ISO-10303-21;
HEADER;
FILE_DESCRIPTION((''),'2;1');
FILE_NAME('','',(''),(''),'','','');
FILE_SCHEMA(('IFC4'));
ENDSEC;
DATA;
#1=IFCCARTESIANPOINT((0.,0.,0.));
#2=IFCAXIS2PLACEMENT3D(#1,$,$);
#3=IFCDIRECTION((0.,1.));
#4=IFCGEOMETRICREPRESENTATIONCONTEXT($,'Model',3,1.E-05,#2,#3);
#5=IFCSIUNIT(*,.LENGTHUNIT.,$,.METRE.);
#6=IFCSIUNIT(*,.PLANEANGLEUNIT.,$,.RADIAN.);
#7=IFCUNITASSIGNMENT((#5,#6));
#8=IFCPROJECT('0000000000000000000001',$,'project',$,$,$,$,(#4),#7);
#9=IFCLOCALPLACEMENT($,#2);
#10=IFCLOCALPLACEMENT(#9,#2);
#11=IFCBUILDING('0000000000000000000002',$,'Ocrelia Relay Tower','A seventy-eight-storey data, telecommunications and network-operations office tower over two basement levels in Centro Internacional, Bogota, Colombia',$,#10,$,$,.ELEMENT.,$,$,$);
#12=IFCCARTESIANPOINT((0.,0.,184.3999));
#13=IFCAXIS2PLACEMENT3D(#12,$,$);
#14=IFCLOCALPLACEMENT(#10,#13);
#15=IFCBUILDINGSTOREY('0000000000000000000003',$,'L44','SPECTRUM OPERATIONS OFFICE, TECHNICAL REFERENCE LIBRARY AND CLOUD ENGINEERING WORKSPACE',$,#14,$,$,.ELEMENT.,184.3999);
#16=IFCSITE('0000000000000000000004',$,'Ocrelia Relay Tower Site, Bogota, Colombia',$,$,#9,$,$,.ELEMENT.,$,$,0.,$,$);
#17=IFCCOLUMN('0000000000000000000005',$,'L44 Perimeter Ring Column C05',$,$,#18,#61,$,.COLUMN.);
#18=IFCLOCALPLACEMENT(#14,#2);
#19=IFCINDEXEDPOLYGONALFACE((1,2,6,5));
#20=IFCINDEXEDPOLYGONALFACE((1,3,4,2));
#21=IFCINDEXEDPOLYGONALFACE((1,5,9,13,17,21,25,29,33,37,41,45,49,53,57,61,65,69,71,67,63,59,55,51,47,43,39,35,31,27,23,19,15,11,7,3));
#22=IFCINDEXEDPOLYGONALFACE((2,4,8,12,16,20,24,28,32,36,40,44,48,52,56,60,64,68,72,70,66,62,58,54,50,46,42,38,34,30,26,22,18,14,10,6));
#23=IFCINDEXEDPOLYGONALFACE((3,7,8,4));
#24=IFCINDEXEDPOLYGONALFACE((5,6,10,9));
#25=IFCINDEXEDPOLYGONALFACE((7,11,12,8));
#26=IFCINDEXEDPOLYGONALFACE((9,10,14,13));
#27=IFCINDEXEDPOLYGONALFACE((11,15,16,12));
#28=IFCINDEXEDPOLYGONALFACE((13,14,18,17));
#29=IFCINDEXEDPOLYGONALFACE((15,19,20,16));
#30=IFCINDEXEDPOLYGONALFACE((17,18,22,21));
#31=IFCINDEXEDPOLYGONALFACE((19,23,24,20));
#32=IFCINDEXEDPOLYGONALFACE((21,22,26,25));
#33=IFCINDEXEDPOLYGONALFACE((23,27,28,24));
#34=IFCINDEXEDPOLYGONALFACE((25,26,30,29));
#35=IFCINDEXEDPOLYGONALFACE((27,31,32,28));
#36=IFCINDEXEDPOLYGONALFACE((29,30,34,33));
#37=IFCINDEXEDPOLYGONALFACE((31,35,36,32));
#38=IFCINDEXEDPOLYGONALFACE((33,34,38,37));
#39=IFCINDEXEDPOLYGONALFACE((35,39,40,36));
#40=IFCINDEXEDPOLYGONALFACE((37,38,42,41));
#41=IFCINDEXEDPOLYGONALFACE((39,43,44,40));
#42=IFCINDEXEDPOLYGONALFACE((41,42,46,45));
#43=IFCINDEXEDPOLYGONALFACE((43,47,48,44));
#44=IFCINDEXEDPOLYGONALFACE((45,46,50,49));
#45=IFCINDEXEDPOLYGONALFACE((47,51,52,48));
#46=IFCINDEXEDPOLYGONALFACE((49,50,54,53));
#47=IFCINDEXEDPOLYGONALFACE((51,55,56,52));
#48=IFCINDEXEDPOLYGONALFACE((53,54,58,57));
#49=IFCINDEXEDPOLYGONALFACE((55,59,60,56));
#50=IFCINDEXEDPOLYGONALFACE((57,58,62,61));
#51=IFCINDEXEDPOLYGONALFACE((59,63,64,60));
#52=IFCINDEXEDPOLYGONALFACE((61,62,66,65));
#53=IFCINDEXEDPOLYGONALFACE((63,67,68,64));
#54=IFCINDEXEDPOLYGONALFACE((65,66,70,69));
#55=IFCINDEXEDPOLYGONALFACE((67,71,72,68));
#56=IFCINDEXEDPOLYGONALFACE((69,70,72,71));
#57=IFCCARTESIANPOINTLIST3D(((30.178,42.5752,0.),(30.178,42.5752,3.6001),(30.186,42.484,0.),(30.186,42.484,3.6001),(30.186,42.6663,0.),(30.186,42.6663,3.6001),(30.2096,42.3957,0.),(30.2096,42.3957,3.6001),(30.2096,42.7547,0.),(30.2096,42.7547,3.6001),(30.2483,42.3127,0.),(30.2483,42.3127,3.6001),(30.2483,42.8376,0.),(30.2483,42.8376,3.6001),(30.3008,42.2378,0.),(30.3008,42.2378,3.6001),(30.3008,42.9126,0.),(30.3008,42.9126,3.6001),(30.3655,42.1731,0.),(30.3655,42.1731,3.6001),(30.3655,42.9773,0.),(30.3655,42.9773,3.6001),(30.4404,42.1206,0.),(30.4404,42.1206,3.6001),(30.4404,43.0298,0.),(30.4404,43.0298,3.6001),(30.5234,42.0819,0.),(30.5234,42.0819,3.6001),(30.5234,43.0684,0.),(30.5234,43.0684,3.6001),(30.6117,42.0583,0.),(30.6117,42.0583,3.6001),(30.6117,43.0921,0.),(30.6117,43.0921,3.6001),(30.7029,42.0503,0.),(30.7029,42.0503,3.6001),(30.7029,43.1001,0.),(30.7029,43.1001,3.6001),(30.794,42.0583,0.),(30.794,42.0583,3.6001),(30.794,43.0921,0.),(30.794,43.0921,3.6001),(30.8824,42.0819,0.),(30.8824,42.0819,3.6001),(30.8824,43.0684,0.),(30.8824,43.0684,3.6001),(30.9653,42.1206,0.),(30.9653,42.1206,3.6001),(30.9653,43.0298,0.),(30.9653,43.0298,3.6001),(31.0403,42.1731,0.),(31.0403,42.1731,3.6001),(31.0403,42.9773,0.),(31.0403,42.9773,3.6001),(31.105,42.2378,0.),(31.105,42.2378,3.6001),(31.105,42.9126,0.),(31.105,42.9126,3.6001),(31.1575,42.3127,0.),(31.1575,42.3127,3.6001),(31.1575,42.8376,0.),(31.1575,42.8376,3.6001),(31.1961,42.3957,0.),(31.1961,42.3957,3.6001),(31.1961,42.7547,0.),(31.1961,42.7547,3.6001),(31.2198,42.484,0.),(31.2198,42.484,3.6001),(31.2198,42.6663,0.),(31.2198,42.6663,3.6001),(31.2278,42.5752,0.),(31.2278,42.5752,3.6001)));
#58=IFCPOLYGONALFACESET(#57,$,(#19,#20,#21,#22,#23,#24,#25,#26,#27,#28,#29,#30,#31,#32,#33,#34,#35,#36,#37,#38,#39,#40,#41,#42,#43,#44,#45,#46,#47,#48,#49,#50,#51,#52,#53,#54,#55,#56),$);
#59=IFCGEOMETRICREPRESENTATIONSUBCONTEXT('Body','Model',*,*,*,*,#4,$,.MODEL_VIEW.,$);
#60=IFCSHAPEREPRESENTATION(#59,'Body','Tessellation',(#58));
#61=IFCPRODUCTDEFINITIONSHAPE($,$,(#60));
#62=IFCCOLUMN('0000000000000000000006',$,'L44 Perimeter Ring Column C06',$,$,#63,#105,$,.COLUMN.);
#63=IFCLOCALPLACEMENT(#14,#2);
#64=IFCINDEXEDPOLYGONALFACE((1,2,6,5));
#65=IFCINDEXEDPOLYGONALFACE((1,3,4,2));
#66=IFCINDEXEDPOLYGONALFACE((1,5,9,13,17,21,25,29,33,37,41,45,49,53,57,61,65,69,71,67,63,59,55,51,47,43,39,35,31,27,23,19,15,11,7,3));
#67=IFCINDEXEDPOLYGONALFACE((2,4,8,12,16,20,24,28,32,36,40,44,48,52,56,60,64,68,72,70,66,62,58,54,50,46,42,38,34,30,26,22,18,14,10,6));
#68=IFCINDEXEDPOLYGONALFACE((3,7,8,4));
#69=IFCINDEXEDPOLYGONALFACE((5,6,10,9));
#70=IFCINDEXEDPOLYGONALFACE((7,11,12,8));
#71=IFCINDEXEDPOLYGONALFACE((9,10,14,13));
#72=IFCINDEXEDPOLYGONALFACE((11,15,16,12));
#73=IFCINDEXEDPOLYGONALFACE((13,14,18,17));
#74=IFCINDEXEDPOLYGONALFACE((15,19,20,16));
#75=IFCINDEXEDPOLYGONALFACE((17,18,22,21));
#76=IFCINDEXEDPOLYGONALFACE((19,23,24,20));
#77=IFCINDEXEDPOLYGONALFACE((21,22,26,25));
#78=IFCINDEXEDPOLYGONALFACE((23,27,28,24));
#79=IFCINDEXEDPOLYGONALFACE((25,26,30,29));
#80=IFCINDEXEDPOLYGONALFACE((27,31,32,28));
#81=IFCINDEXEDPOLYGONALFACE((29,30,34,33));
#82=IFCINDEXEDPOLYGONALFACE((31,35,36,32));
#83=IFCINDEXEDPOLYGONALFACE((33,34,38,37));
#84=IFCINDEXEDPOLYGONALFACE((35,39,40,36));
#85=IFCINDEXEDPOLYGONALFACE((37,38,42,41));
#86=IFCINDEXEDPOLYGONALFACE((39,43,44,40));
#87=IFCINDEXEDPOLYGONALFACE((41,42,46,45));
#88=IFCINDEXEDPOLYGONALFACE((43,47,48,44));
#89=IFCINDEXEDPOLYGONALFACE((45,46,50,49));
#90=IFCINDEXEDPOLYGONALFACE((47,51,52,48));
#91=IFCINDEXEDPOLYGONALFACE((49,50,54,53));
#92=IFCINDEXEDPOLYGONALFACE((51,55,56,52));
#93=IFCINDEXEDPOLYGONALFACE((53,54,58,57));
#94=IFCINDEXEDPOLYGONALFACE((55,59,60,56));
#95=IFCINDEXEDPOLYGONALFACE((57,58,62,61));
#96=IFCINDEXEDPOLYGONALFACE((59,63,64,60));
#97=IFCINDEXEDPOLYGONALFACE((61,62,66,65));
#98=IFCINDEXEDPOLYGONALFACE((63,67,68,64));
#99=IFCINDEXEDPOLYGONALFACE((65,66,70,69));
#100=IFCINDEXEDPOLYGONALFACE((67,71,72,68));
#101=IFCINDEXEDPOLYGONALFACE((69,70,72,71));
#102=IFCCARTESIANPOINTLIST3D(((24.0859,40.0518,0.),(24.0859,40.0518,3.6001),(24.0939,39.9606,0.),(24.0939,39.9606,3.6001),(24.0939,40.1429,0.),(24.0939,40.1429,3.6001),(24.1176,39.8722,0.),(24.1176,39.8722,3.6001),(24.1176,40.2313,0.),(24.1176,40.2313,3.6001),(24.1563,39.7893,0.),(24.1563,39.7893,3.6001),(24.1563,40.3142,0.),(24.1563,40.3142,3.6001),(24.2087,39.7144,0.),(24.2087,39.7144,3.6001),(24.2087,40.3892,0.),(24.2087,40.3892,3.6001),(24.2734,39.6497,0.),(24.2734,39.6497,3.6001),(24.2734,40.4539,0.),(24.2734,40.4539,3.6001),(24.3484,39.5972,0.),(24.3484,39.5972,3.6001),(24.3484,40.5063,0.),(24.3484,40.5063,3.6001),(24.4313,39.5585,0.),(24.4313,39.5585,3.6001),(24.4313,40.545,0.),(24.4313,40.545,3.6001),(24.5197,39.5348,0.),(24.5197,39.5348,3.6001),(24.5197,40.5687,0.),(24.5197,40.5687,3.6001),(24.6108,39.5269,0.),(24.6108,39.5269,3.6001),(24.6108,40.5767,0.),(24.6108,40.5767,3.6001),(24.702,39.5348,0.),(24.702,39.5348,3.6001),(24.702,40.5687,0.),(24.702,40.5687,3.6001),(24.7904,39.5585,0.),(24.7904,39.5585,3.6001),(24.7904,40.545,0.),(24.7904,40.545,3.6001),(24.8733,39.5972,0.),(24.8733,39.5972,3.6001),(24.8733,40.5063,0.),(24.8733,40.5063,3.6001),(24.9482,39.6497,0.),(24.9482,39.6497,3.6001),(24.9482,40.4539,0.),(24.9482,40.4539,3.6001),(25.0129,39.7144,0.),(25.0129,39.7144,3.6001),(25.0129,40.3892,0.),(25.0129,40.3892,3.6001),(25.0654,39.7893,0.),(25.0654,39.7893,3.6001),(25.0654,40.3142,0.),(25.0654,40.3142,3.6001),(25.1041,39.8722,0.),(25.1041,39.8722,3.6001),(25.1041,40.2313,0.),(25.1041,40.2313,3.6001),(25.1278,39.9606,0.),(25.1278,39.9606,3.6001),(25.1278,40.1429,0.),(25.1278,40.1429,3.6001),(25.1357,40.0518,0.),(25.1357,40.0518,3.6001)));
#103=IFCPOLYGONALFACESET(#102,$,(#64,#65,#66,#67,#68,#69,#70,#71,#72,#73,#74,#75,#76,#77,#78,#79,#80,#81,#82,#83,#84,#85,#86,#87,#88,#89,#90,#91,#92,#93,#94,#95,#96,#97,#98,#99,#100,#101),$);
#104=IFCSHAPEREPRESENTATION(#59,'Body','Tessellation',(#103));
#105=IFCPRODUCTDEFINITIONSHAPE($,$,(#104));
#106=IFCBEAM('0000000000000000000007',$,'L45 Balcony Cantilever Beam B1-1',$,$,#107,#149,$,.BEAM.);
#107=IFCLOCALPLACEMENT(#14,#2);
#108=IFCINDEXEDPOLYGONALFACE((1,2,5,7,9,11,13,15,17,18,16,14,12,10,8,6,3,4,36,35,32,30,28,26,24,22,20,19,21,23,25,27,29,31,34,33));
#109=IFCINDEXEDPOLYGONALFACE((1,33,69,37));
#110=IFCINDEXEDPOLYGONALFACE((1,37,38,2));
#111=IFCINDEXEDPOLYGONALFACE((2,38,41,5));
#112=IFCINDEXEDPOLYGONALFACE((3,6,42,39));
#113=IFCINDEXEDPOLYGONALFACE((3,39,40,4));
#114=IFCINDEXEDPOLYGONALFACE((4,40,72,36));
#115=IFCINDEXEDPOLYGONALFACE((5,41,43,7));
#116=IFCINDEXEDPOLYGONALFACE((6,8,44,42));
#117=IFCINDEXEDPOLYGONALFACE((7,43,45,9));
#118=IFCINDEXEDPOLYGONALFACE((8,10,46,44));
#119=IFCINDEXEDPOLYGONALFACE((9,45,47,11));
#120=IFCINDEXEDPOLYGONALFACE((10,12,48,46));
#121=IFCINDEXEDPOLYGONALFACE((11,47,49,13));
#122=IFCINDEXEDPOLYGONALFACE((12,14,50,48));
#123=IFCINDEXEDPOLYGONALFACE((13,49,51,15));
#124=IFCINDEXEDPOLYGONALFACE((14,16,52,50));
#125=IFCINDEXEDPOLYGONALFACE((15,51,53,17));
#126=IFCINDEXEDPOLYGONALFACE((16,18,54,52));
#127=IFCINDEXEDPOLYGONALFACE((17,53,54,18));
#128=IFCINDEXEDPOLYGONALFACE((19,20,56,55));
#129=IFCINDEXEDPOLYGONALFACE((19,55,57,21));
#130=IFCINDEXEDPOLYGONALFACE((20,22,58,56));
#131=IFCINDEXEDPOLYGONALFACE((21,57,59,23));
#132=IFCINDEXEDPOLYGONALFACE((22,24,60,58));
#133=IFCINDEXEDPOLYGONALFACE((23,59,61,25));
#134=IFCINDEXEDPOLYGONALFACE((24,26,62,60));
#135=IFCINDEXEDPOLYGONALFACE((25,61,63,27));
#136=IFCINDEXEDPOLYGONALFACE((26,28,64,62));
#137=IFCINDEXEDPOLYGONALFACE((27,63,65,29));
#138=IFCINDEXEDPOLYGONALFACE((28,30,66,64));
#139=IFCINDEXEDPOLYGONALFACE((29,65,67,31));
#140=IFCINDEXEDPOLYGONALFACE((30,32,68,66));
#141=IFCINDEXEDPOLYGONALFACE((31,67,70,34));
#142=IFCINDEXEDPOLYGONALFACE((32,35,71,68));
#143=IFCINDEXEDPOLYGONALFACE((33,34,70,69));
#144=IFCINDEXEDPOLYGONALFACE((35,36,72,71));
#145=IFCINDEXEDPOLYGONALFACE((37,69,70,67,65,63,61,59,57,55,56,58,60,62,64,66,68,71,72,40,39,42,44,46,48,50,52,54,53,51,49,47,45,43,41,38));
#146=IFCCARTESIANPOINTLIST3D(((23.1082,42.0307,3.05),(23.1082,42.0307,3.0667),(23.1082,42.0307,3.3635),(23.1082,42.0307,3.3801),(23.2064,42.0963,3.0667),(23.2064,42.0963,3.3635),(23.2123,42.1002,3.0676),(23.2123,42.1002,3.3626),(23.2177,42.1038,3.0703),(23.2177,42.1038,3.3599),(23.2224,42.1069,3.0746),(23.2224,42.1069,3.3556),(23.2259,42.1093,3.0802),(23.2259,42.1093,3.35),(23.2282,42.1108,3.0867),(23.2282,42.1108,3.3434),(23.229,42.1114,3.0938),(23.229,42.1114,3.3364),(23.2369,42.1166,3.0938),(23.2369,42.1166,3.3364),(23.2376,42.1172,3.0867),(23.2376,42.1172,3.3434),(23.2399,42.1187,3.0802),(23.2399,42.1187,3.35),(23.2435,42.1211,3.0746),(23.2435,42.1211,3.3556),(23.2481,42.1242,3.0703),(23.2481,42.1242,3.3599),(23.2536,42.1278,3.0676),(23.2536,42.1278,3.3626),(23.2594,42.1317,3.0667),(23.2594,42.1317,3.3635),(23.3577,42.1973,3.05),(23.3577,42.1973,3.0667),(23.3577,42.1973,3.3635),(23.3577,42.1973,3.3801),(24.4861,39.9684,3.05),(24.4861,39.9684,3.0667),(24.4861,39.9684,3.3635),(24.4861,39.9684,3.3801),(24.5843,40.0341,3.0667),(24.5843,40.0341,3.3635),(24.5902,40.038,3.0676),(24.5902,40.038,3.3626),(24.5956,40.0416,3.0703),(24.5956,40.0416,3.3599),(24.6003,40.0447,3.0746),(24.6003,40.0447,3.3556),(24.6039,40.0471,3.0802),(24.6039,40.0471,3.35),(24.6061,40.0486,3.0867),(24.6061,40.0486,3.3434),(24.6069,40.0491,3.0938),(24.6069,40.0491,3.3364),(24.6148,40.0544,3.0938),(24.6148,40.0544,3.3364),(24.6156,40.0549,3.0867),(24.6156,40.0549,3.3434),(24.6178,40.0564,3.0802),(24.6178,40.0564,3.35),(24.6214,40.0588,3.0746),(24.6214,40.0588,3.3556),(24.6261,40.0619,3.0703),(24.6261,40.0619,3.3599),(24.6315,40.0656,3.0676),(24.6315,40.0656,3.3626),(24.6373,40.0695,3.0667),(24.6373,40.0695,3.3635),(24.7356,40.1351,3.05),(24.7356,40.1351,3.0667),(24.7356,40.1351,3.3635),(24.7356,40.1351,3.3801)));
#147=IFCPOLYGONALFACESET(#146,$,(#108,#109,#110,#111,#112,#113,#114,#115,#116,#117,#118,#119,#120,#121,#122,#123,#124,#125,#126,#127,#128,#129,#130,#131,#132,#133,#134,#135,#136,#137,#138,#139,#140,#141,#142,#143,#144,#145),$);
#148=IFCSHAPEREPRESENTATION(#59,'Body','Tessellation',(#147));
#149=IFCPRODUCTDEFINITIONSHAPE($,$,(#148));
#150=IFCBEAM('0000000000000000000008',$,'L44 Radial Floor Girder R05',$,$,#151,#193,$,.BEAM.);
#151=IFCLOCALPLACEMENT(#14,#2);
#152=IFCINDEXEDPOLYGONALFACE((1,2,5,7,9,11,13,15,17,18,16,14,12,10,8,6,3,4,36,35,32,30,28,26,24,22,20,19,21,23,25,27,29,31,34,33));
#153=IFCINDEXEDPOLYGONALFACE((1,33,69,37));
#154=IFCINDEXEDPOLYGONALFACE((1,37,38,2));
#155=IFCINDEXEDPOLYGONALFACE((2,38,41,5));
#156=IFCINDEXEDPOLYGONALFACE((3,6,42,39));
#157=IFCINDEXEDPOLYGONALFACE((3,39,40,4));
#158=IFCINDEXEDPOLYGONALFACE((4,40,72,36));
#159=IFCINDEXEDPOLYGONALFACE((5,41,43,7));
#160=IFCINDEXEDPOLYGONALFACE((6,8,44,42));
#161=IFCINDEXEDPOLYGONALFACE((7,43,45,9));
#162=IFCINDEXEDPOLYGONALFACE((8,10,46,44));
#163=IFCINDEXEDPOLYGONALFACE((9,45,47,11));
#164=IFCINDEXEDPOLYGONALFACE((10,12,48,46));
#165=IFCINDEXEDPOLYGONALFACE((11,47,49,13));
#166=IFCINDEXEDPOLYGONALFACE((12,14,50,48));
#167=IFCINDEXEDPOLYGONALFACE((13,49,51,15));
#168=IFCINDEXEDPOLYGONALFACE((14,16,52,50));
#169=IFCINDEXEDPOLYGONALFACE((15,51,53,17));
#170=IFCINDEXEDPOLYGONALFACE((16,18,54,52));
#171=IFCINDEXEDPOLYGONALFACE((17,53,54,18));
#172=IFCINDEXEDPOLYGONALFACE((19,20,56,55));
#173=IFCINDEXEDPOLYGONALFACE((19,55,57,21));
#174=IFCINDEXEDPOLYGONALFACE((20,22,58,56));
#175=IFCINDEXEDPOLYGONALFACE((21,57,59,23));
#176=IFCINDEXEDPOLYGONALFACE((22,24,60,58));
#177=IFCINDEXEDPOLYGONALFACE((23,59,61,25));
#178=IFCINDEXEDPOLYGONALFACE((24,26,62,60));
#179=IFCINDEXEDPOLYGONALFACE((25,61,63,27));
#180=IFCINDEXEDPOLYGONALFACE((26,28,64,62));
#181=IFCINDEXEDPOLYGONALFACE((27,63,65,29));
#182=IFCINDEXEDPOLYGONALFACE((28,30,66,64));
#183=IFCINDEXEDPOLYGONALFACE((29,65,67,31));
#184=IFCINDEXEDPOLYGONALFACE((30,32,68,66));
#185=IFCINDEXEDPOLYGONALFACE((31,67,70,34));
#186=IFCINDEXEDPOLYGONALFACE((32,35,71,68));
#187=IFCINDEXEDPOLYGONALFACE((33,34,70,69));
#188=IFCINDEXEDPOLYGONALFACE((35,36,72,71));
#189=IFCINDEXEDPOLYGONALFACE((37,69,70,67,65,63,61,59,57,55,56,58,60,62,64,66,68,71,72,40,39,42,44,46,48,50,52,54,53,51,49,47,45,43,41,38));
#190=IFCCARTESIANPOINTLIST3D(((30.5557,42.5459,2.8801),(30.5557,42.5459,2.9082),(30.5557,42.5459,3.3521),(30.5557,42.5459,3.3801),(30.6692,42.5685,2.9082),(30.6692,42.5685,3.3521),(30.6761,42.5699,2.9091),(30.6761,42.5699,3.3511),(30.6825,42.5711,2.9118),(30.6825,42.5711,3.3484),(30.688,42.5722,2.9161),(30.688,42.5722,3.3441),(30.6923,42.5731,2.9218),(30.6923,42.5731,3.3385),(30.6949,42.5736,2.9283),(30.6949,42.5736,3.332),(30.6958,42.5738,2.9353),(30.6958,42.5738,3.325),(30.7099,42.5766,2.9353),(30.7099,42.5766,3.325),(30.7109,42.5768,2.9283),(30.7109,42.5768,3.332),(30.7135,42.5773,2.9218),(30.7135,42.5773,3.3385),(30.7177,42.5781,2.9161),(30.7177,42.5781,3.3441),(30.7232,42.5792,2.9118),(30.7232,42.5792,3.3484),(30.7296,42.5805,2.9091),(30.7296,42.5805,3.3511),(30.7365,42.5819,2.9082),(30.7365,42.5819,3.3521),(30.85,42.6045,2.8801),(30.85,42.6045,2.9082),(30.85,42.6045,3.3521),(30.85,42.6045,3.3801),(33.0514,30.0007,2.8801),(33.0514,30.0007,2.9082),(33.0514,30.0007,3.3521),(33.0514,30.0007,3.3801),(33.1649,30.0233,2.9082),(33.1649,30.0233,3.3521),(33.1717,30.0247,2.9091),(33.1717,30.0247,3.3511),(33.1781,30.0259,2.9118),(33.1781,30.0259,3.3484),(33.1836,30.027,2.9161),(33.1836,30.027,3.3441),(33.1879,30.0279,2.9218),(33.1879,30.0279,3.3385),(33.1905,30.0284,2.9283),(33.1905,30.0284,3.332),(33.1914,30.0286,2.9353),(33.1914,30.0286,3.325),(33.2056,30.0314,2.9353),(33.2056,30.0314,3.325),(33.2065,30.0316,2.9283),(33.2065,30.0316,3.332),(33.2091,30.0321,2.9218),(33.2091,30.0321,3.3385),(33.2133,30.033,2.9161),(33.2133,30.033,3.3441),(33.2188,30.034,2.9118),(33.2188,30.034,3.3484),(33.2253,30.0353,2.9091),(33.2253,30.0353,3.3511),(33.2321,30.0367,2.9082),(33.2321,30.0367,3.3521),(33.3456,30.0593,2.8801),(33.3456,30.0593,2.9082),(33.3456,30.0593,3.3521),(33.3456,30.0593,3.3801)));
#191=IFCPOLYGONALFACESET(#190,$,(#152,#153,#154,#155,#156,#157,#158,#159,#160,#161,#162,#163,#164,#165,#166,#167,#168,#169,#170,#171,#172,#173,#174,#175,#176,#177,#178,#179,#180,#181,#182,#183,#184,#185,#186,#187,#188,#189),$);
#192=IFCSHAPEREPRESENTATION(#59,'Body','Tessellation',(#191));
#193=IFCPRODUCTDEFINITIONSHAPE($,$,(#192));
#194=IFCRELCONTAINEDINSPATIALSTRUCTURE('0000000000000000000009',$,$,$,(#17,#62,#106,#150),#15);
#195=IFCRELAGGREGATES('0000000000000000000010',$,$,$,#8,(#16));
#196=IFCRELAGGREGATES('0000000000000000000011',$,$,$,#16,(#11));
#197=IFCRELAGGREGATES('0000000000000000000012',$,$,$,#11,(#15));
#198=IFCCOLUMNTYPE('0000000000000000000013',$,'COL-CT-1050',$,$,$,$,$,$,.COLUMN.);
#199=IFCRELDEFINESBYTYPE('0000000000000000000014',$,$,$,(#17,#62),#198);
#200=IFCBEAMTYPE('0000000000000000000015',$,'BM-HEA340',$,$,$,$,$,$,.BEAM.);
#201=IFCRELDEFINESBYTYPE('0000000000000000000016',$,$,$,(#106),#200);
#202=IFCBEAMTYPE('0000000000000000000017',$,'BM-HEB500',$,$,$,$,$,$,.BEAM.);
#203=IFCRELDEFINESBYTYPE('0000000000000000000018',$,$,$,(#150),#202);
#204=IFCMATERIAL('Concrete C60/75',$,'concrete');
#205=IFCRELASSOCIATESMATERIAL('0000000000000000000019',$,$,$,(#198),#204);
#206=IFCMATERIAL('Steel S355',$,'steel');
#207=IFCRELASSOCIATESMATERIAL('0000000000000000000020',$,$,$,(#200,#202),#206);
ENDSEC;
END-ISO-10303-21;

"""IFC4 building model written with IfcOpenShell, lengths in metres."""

from ifc_helpers import new_model, si_unit, direction, frame, origin, origin_2d, place, context, subcontext, project, spatial, circle, i_section, extrude, material, material_profile, profile_set, type_object, element, save


model = new_model("IFC4")

# Units and contexts
model_context = context("Model", 3, precision=1e-05, world=origin(), true_north=direction((0.0, 1.0)))
body_context = subcontext(model_context, "Body", "Model", "MODEL_VIEW")
ifc_project = project(units=[si_unit("LENGTHUNIT", "METRE"), si_unit("PLANEANGLEUNIT", "RADIAN")], contexts=[model_context])

# Site, building, storey
site_placement = place(None, origin())
site = spatial("IfcSite", under=ifc_project, at=site_placement, Name="Ocrelia Relay Tower Site, Bogota, Colombia", CompositionType="ELEMENT", RefElevation=0.0)
building_placement = place(site_placement, origin())
building = spatial("IfcBuilding", under=site, at=building_placement, Name="Ocrelia Relay Tower", Description="A seventy-eight-storey data, telecommunications and network-operations office tower over two basement levels in Centro Internacional, Bogota, Colombia", CompositionType="ELEMENT")
storey_placement = place(building_placement, frame((0.0, 0.0, 184.3999)))
storey = spatial("IfcBuildingStorey", under=building, at=storey_placement, Name="L44", Description="SPECTRUM OPERATIONS OFFICE, TECHNICAL REFERENCE LIBRARY AND CLOUD ENGINEERING WORKSPACE", CompositionType="ELEMENT", Elevation=184.3999)

# Columns
ifc_material_1 = material(Name="Concrete C60/75", Category="concrete")
ifc_material_profile_1 = material_profile(ifc_material_1, circle(Radius=0.5249, at=origin_2d()), Name="RC-CIR-1050")
ifc_profile_set_1 = profile_set([ifc_material_profile_1], Name="Concrete C60/75")
column_type = type_object("IfcColumnType", Name="COL-CT-1050", PredefinedType="COLUMN", material=ifc_profile_set_1)
for number, where, z_axis, x_axis, name in (
    (1, (30.7029, 42.5752, 0.0), (0.0, 0.0, 1.0), (1.0, 0.0, 0.0), "L44 Perimeter Ring Column C05"),
    (2, (24.6108, 40.0518, 0.0), (0.0, 0.0, 1.0), (1.0, 0.0, 0.0), "L44 Perimeter Ring Column C06"),
):
    element("IfcColumn", number, at=place(storey_placement, frame(where, z_axis=z_axis, x_axis=x_axis)), inside=storey, type_object=column_type, Name=name, PredefinedType="COLUMN", context=body_context, shape_type="SweptSolid", body=[
        extrude(circle(Radius=0.5249, at=origin_2d()), origin(), (0.0, 0.0, 1.0), 3.6001),
    ])

# Beams
ifc_material_2 = material(Name="Steel S355", Category="steel")
ifc_material_profile_2 = material_profile(ifc_material_2, i_section(OverallWidth=0.3, OverallDepth=0.3301, WebThickness=0.0095, FlangeThickness=0.0166, FilletRadius=0.0271, at=origin_2d()), Name="HEA 340")
ifc_profile_set_2 = profile_set([ifc_material_profile_2], Name="Steel S355")
beam_type_1 = type_object("IfcBeamType", Name="BM-HEA340", PredefinedType="BEAM", material=ifc_profile_set_2)
beam_1_placement = place(storey_placement, frame((24.6108, 40.0518, 3.2151), z_axis=(-0.555563, 0.831474, 0.0), x_axis=(-0.831474, -0.555563, 0.0)))
element("IfcBeam", 3, at=beam_1_placement, inside=storey, type_object=beam_type_1, Name="L45 Balcony Cantilever Beam B1-1", PredefinedType="BEAM", context=body_context, shape_type="SweptSolid", body=[
    extrude(i_section(OverallWidth=0.3, OverallDepth=0.3301, WebThickness=0.0095, FlangeThickness=0.0166, FilletRadius=0.0271, at=origin_2d()), origin(), (0.0, 0.0, 1.0), 2.4802),
])
ifc_material_profile_3 = material_profile(ifc_material_2, i_section(OverallWidth=0.3, OverallDepth=0.5, WebThickness=0.0144, FlangeThickness=0.0281, FilletRadius=0.0271, at=origin_2d()), Name="HEB 500")
ifc_profile_set_3 = profile_set([ifc_material_profile_3], Name="Steel S355")
beam_type_2 = type_object("IfcBeamType", Name="BM-HEB500", PredefinedType="BEAM", material=ifc_profile_set_3)
beam_2_placement = place(storey_placement, frame((30.7029, 42.5752, 3.1301), z_axis=(0.195107, -0.980782, 0.0), x_axis=(0.980782, 0.195107, 0.0)))
element("IfcBeam", 4, at=beam_2_placement, inside=storey, type_object=beam_type_2, Name="L44 Radial Floor Girder R05", PredefinedType="BEAM", context=body_context, shape_type="SweptSolid", body=[
    extrude(i_section(OverallWidth=0.3, OverallDepth=0.5, WebThickness=0.0144, FlangeThickness=0.0281, FilletRadius=0.0271, at=origin_2d()), origin(), (0.0, 0.0, 1.0), 12.791),
])

save(model, "model.ifc")
